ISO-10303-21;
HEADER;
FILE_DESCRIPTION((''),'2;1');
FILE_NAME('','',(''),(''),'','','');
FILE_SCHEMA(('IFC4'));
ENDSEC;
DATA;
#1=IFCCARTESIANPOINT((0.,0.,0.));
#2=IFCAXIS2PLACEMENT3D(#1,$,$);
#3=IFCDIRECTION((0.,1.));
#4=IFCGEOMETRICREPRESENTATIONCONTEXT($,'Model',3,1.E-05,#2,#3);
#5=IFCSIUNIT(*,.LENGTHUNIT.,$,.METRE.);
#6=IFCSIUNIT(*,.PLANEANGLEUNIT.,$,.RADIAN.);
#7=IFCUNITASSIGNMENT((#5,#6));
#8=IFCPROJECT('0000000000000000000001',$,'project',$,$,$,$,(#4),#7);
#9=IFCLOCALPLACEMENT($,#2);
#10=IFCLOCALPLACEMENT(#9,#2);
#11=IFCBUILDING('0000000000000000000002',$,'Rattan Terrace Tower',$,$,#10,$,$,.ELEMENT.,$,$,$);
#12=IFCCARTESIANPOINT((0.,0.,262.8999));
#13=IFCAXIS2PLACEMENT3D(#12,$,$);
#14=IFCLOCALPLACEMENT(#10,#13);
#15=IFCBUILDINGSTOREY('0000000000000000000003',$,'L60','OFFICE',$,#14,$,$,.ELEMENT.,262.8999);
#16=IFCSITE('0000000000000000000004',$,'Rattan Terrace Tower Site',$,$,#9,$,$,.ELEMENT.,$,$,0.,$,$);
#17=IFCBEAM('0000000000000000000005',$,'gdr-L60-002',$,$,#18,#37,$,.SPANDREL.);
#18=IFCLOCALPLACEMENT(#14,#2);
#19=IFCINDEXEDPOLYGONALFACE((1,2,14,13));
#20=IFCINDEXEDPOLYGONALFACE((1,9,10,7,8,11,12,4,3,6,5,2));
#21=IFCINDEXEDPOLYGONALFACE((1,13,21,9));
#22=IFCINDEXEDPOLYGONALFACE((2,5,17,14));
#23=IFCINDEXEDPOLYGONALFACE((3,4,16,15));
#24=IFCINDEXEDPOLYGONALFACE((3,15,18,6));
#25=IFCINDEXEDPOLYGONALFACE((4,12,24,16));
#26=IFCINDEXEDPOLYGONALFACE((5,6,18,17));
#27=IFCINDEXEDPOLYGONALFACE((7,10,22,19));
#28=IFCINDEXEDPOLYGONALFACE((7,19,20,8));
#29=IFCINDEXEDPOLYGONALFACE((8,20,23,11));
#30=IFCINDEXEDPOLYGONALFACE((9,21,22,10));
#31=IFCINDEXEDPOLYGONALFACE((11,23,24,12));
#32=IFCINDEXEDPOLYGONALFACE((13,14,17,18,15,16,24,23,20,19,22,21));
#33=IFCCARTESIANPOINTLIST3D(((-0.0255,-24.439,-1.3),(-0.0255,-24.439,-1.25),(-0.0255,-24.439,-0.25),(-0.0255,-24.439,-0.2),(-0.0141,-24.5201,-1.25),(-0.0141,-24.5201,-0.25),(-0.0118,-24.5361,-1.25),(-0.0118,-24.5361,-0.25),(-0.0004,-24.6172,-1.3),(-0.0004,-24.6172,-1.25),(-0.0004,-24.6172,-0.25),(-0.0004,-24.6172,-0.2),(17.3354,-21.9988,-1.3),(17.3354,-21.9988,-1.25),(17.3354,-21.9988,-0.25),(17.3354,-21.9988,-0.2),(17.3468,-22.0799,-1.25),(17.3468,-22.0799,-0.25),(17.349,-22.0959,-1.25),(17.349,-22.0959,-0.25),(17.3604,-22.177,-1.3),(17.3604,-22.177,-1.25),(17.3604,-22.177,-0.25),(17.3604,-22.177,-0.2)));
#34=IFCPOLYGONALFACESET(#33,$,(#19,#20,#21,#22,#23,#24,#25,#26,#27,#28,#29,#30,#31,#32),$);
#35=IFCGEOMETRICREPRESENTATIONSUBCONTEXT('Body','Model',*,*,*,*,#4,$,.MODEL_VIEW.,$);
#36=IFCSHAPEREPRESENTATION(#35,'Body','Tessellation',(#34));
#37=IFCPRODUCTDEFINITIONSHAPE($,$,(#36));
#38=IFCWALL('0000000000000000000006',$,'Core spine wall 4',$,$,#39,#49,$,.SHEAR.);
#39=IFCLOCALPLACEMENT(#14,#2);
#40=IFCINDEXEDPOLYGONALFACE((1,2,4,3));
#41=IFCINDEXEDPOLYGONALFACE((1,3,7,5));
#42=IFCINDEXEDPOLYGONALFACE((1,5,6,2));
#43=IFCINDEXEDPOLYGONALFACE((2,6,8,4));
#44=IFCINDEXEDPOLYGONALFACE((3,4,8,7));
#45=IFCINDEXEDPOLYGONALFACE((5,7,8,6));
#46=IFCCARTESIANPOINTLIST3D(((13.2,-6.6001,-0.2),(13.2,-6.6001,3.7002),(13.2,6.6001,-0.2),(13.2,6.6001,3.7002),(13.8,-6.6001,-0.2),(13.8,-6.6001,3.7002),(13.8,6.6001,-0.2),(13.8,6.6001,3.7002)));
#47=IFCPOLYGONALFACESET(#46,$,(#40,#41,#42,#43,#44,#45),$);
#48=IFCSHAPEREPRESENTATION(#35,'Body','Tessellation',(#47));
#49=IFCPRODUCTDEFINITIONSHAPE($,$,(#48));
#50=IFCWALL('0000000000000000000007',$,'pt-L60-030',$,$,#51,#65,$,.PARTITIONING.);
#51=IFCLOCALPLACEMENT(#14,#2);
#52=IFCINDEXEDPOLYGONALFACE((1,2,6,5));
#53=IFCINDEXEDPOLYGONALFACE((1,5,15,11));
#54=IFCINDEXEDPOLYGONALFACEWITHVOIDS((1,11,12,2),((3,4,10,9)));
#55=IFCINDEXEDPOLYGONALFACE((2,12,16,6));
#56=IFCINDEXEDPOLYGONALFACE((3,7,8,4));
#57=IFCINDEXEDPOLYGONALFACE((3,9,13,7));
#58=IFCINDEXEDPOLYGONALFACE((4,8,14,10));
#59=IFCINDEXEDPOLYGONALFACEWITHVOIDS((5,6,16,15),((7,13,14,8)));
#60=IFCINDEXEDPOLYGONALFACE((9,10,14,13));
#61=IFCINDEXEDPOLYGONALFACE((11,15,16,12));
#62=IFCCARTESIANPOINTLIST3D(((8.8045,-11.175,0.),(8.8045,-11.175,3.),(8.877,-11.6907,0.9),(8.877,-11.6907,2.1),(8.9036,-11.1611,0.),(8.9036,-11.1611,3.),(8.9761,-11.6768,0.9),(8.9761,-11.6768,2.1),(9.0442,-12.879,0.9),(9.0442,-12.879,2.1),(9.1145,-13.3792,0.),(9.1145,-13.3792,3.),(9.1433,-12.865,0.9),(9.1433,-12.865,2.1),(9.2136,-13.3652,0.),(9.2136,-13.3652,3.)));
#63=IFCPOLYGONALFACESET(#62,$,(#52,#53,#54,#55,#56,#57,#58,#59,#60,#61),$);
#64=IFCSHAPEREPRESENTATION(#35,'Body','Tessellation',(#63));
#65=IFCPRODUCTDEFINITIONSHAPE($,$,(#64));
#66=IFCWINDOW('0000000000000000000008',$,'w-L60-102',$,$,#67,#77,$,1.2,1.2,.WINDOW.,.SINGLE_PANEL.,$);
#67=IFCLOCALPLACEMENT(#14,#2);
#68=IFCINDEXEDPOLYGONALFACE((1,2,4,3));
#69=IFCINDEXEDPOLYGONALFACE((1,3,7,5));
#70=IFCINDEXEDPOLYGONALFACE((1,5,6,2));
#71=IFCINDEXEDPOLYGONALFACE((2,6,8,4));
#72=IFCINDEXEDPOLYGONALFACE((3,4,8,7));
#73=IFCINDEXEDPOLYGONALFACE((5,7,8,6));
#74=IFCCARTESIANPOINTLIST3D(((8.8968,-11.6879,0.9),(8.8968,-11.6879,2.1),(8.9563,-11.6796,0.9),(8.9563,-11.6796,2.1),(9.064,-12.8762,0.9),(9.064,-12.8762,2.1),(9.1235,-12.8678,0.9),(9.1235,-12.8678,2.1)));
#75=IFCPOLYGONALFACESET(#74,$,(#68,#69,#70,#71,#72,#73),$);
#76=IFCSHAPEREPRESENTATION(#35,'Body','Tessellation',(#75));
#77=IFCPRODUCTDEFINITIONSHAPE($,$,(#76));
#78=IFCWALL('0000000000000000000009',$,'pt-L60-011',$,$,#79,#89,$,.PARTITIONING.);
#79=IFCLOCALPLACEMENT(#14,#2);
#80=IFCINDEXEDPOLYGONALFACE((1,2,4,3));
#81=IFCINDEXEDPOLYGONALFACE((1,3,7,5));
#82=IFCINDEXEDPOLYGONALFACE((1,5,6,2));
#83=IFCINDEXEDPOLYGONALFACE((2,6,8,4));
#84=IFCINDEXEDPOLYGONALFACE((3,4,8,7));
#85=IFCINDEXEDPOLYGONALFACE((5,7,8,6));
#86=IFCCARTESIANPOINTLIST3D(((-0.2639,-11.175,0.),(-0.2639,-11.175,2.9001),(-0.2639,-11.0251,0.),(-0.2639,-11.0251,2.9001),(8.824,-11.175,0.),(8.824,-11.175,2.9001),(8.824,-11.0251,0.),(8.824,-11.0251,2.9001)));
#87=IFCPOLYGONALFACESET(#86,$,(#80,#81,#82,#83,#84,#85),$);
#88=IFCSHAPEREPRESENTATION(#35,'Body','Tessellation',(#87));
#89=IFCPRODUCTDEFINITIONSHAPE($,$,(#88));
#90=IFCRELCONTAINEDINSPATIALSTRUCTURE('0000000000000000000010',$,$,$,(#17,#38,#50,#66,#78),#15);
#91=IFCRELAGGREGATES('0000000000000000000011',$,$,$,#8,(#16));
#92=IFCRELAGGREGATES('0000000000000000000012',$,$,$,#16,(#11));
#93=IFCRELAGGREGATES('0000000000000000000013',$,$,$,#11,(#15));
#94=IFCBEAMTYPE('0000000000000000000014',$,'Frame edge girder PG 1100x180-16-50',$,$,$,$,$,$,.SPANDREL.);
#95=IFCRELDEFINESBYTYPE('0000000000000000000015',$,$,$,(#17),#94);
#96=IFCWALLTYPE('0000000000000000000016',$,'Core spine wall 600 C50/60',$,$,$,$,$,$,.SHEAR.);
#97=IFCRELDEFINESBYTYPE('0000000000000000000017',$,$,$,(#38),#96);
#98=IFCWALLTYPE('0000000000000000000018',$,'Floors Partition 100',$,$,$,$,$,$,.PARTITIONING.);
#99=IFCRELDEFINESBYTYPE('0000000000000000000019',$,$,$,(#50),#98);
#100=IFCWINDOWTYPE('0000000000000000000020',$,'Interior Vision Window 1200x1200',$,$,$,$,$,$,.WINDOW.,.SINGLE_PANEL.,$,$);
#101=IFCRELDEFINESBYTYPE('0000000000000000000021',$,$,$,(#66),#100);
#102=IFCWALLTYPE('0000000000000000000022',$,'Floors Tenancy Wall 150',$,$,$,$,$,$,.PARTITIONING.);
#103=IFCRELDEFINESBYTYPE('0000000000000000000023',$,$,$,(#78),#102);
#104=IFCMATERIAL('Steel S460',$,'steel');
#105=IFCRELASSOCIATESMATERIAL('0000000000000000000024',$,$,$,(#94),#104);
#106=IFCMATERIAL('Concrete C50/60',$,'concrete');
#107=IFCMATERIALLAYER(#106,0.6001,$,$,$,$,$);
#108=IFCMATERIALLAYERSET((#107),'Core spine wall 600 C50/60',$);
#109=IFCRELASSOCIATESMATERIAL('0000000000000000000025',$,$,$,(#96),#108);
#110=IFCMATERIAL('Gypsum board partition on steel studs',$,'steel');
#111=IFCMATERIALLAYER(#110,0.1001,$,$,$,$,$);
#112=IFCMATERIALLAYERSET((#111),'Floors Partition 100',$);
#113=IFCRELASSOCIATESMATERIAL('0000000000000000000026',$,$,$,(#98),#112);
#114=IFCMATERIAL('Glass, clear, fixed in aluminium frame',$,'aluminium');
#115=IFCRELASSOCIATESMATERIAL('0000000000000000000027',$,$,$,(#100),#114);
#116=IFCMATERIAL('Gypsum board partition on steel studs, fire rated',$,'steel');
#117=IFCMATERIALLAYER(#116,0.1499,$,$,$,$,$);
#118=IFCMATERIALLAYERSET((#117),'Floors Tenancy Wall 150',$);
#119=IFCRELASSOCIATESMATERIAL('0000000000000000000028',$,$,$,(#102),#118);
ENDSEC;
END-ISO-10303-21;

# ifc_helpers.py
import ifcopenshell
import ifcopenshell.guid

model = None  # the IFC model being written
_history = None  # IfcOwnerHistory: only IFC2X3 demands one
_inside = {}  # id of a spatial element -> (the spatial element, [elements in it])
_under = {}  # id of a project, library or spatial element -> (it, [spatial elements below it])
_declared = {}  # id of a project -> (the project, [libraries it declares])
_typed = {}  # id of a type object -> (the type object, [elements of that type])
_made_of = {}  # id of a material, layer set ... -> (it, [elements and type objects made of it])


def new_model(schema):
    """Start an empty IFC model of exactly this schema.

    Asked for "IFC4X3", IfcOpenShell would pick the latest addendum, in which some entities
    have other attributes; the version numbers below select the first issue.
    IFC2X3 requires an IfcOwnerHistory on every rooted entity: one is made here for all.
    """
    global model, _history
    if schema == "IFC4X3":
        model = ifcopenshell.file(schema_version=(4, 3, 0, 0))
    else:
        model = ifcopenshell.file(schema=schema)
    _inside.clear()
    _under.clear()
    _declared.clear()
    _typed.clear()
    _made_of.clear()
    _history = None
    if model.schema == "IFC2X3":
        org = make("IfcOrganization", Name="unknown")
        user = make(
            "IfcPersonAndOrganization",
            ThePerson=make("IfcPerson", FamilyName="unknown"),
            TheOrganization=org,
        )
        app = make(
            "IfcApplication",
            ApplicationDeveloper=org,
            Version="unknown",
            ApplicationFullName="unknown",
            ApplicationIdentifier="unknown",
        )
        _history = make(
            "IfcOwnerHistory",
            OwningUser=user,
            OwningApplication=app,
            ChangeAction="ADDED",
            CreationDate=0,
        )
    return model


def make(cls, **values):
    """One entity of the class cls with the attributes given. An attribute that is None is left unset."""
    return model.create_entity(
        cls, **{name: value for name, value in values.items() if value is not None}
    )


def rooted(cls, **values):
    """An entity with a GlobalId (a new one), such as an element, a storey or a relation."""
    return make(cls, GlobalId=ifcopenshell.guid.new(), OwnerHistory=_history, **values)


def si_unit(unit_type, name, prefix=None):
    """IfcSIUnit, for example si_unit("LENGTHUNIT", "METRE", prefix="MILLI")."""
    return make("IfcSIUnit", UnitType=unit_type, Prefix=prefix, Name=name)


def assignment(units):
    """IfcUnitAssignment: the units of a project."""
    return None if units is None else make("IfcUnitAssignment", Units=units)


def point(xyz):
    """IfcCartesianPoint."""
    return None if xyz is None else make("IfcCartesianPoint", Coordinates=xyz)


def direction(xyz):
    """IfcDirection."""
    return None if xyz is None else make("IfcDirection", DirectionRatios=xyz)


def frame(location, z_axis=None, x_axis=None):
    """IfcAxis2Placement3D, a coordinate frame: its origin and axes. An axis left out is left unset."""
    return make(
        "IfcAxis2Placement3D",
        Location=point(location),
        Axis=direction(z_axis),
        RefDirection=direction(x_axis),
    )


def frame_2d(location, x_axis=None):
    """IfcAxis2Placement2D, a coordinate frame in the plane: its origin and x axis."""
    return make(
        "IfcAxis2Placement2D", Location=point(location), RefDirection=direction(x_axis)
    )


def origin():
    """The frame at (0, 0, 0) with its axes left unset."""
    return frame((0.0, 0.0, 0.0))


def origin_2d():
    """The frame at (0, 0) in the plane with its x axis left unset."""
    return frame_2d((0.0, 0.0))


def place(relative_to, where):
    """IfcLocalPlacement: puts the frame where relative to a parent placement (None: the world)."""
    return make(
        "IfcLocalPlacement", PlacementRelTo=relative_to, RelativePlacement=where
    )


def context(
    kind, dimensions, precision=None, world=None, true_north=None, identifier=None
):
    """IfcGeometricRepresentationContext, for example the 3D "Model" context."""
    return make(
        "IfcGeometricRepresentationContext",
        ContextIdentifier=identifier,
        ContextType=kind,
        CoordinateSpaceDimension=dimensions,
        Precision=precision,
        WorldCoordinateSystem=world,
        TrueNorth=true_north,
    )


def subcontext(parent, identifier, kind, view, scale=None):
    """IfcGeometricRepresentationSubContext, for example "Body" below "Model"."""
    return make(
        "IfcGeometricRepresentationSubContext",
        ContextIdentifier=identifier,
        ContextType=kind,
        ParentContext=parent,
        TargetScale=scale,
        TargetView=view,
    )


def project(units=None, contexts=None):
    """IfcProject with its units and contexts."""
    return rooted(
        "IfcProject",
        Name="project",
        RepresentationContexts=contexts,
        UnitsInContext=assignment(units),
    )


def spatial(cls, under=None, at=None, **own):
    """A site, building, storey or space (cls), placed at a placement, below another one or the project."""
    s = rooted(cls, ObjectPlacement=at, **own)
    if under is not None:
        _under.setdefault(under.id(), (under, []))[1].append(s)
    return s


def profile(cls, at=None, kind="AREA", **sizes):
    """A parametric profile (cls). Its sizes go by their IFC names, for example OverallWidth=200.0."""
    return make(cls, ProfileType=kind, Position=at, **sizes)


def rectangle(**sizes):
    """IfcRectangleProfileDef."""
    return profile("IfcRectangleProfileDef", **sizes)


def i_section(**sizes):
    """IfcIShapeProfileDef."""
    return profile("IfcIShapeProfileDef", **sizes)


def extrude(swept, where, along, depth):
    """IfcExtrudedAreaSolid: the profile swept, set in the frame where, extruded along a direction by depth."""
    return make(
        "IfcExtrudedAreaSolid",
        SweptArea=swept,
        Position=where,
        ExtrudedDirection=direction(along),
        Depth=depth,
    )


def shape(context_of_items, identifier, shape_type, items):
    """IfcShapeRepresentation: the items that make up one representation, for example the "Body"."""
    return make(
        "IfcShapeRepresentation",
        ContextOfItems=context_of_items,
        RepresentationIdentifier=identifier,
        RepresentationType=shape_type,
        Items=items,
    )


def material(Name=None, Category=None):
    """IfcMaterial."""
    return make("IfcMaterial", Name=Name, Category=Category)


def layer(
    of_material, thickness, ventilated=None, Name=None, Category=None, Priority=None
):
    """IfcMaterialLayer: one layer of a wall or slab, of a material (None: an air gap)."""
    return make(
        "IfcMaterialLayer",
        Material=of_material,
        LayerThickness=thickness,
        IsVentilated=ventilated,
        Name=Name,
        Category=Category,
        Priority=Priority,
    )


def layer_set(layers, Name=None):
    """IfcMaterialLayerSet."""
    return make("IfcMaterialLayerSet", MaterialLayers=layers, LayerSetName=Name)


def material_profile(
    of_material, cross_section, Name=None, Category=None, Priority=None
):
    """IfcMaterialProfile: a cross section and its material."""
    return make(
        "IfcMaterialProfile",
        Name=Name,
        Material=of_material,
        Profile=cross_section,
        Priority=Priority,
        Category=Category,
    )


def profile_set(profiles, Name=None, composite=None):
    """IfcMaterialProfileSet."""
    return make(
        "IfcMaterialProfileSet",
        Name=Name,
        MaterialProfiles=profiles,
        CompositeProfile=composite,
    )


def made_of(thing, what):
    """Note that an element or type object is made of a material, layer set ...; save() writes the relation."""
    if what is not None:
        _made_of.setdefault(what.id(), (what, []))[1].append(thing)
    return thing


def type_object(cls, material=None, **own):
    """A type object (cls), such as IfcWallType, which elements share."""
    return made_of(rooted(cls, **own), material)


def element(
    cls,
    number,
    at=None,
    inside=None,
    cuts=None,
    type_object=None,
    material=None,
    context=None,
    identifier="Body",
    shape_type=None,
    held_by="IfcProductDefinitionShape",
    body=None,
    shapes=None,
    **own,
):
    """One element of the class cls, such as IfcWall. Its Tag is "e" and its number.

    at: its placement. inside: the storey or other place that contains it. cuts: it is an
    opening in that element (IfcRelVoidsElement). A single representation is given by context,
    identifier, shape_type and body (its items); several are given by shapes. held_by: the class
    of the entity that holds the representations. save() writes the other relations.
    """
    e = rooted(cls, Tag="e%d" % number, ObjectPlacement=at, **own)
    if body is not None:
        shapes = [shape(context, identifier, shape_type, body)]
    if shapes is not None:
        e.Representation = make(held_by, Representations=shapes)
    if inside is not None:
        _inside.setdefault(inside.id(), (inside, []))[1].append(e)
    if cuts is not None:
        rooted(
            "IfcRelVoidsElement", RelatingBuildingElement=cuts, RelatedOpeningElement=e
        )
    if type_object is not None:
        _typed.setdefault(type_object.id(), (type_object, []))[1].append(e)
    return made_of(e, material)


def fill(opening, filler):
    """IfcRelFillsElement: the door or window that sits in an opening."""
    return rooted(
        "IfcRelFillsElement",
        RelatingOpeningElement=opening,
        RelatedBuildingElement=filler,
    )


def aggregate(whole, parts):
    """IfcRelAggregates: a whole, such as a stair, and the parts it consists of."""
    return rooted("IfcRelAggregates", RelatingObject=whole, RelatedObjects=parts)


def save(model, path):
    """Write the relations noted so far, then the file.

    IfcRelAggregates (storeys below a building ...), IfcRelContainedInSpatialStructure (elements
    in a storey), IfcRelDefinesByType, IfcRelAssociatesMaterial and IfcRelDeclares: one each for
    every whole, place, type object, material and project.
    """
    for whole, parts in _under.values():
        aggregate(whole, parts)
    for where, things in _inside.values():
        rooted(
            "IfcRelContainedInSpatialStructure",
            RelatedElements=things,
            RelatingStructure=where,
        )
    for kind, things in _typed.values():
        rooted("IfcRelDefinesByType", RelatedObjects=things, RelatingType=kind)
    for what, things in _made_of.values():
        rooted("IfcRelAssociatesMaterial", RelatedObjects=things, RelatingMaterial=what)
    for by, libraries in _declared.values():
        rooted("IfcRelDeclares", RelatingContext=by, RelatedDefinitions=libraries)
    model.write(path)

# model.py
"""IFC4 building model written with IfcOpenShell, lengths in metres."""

from ifc_helpers import new_model, si_unit, direction, frame, frame_2d, origin, origin_2d, place, context, subcontext, project, spatial, rectangle, i_section, extrude, material, layer, layer_set, material_profile, profile_set, type_object, element, fill, save


model = new_model("IFC4")

# Units and contexts
model_context = context("Model", 3, precision=1e-05, world=origin(), true_north=direction((0.0, 1.0)))
body_context = subcontext(model_context, "Body", "Model", "MODEL_VIEW")
ifc_project = project(units=[si_unit("LENGTHUNIT", "METRE"), si_unit("PLANEANGLEUNIT", "RADIAN")], contexts=[model_context])

# Site, building, storey
site_placement = place(None, origin())
site = spatial("IfcSite", under=ifc_project, at=site_placement, Name="Rattan Terrace Tower Site", CompositionType="ELEMENT", RefElevation=0.0)
building_placement = place(site_placement, origin())
building = spatial("IfcBuilding", under=site, at=building_placement, Name="Rattan Terrace Tower", CompositionType="ELEMENT")
storey_placement = place(building_placement, frame((0.0, 0.0, 262.8999)))
storey = spatial("IfcBuildingStorey", under=building, at=storey_placement, Name="L60", Description="OFFICE", CompositionType="ELEMENT", Elevation=262.8999)

# Beam
ifc_material_1 = material(Name="Steel S460", Category="steel")
ifc_material_profile = material_profile(ifc_material_1, i_section(OverallWidth=0.1799, OverallDepth=1.1001, WebThickness=0.0161, FlangeThickness=0.05, at=origin_2d()), Name="PG 1100x180-16-50")
ifc_profile_set = profile_set([ifc_material_profile], Name="Steel S460")
beam_type = type_object("IfcBeamType", Name="Frame edge girder PG 1100x180-16-50", PredefinedType="SPANDREL", material=ifc_profile_set)
beam_placement = place(storey_placement, frame((17.3479, -22.0879, -0.75), z_axis=(-0.990266, -0.139189, 0.0), x_axis=(0.139189, -0.990266, 0.0)))
element("IfcBeam", 1, at=beam_placement, inside=storey, type_object=beam_type, Name="gdr-L60-002", PredefinedType="SPANDREL", context=body_context, shape_type="SweptSolid", body=[
    extrude(i_section(OverallWidth=0.1799, OverallDepth=1.1001, WebThickness=0.0161, FlangeThickness=0.05, at=origin_2d()), origin(), (0.0, 0.0, 1.0), 17.5315),
])

# Wall
ifc_material_2 = material(Name="Concrete C50/60", Category="concrete")
ifc_layer_1 = layer(ifc_material_2, 0.6001)
ifc_layer_set_1 = layer_set([ifc_layer_1], Name="Core spine wall 600 C50/60")
wall_type_1 = type_object("IfcWallType", Name="Core spine wall 600 C50/60", PredefinedType="SHEAR", material=ifc_layer_set_1)
wall_1_placement = place(storey_placement, frame((13.5, -6.6001, -0.2), z_axis=(0.0, 0.0, 1.0), x_axis=(0.0, 1.0, 0.0)))
element("IfcWall", 2, at=wall_1_placement, inside=storey, type_object=wall_type_1, Name="Core spine wall 4", PredefinedType="SHEAR", context=body_context, shape_type="SweptSolid", body=[
    extrude(rectangle(XDim=13.2002, YDim=0.6001, at=frame_2d((6.6001, 0.0))), origin(), (0.0, 0.0, 1.0), 3.9001),
])

# Wall, opening, window
ifc_material_3 = material(Name="Gypsum board partition on steel studs", Category="steel")
ifc_layer_2 = layer(ifc_material_3, 0.1001)
ifc_layer_set_2 = layer_set([ifc_layer_2], Name="Floors Partition 100")
wall_type_2 = type_object("IfcWallType", Name="Floors Partition 100", PredefinedType="PARTITIONING", material=ifc_layer_set_2)
wall_2_placement = place(storey_placement, frame((9.1641, -13.3721, 0.0), z_axis=(0.0, 0.0, 1.0), x_axis=(-0.139302, 0.99025, 0.0)))
wall_2 = element("IfcWall", 3, at=wall_2_placement, inside=storey, type_object=wall_type_2, Name="pt-L60-030", PredefinedType="PARTITIONING", context=body_context, shape_type="SweptSolid", body=[
    extrude(rectangle(XDim=2.2258, YDim=0.1001, at=frame_2d((1.1128, 0.0))), origin(), (0.0, 0.0, 1.0), 3.0),
])
opening_1_placement = place(wall_2_placement, frame((0.5049, 0.0, 0.8999)))
opening_1 = element("IfcOpeningElement", 4, at=opening_1_placement, cuts=wall_2, PredefinedType="OPENING", context=body_context, shape_type="SweptSolid", body=[
    extrude(rectangle(XDim=1.2, YDim=1.2, at=frame_2d((0.6001, 0.6001))), frame((0.0, 0.0605, 0.0), z_axis=(0.0, -1.0, 0.0), x_axis=(1.0, 0.0, 0.0)), (0.0, 0.0, 1.0), 0.1211),
])
ifc_material_4 = material(Name="Glass, clear, fixed in aluminium frame", Category="aluminium")
window_type = type_object("IfcWindowType", Name="Interior Vision Window 1200x1200", PartitioningType="SINGLE_PANEL", PredefinedType="WINDOW", material=ifc_material_4)
window_placement = place(opening_1_placement, origin())
window = element("IfcWindow", 5, at=window_placement, inside=storey, type_object=window_type, Name="w-L60-102", OverallHeight=1.2, OverallWidth=1.2, PartitioningType="SINGLE_PANEL", PredefinedType="WINDOW", context=body_context, shape_type="SweptSolid", body=[
    extrude(rectangle(XDim=1.2, YDim=1.2, at=frame_2d((0.6001, 0.6001))), frame((0.0, 0.03, 0.0), z_axis=(0.0, -1.0, 0.0), x_axis=(1.0, 0.0, 0.0)), (0.0, 0.0, 1.0), 0.0601),
])
fill(opening_1, window)

# Wall
ifc_material_5 = material(Name="Gypsum board partition on steel studs, fire rated", Category="steel")
ifc_layer_3 = layer(ifc_material_5, 0.1499)
ifc_layer_set_3 = layer_set([ifc_layer_3], Name="Floors Tenancy Wall 150")
wall_type_3 = type_object("IfcWallType", Name="Floors Tenancy Wall 150", PredefinedType="PARTITIONING", material=ifc_layer_set_3)
wall_3_placement = place(storey_placement, frame((8.824, -11.1001, 0.0), z_axis=(0.0, 0.0, 1.0), x_axis=(-1.0, 0.0, 0.0)))
element("IfcWall", 6, at=wall_3_placement, inside=storey, type_object=wall_type_3, Name="pt-L60-011", PredefinedType="PARTITIONING", context=body_context, shape_type="SweptSolid", body=[
    extrude(rectangle(XDim=9.0879, YDim=0.1499, at=frame_2d((4.5439, 0.0))), origin(), (0.0, 0.0, 1.0), 2.9001),
])

save(model, "model.ifc")
